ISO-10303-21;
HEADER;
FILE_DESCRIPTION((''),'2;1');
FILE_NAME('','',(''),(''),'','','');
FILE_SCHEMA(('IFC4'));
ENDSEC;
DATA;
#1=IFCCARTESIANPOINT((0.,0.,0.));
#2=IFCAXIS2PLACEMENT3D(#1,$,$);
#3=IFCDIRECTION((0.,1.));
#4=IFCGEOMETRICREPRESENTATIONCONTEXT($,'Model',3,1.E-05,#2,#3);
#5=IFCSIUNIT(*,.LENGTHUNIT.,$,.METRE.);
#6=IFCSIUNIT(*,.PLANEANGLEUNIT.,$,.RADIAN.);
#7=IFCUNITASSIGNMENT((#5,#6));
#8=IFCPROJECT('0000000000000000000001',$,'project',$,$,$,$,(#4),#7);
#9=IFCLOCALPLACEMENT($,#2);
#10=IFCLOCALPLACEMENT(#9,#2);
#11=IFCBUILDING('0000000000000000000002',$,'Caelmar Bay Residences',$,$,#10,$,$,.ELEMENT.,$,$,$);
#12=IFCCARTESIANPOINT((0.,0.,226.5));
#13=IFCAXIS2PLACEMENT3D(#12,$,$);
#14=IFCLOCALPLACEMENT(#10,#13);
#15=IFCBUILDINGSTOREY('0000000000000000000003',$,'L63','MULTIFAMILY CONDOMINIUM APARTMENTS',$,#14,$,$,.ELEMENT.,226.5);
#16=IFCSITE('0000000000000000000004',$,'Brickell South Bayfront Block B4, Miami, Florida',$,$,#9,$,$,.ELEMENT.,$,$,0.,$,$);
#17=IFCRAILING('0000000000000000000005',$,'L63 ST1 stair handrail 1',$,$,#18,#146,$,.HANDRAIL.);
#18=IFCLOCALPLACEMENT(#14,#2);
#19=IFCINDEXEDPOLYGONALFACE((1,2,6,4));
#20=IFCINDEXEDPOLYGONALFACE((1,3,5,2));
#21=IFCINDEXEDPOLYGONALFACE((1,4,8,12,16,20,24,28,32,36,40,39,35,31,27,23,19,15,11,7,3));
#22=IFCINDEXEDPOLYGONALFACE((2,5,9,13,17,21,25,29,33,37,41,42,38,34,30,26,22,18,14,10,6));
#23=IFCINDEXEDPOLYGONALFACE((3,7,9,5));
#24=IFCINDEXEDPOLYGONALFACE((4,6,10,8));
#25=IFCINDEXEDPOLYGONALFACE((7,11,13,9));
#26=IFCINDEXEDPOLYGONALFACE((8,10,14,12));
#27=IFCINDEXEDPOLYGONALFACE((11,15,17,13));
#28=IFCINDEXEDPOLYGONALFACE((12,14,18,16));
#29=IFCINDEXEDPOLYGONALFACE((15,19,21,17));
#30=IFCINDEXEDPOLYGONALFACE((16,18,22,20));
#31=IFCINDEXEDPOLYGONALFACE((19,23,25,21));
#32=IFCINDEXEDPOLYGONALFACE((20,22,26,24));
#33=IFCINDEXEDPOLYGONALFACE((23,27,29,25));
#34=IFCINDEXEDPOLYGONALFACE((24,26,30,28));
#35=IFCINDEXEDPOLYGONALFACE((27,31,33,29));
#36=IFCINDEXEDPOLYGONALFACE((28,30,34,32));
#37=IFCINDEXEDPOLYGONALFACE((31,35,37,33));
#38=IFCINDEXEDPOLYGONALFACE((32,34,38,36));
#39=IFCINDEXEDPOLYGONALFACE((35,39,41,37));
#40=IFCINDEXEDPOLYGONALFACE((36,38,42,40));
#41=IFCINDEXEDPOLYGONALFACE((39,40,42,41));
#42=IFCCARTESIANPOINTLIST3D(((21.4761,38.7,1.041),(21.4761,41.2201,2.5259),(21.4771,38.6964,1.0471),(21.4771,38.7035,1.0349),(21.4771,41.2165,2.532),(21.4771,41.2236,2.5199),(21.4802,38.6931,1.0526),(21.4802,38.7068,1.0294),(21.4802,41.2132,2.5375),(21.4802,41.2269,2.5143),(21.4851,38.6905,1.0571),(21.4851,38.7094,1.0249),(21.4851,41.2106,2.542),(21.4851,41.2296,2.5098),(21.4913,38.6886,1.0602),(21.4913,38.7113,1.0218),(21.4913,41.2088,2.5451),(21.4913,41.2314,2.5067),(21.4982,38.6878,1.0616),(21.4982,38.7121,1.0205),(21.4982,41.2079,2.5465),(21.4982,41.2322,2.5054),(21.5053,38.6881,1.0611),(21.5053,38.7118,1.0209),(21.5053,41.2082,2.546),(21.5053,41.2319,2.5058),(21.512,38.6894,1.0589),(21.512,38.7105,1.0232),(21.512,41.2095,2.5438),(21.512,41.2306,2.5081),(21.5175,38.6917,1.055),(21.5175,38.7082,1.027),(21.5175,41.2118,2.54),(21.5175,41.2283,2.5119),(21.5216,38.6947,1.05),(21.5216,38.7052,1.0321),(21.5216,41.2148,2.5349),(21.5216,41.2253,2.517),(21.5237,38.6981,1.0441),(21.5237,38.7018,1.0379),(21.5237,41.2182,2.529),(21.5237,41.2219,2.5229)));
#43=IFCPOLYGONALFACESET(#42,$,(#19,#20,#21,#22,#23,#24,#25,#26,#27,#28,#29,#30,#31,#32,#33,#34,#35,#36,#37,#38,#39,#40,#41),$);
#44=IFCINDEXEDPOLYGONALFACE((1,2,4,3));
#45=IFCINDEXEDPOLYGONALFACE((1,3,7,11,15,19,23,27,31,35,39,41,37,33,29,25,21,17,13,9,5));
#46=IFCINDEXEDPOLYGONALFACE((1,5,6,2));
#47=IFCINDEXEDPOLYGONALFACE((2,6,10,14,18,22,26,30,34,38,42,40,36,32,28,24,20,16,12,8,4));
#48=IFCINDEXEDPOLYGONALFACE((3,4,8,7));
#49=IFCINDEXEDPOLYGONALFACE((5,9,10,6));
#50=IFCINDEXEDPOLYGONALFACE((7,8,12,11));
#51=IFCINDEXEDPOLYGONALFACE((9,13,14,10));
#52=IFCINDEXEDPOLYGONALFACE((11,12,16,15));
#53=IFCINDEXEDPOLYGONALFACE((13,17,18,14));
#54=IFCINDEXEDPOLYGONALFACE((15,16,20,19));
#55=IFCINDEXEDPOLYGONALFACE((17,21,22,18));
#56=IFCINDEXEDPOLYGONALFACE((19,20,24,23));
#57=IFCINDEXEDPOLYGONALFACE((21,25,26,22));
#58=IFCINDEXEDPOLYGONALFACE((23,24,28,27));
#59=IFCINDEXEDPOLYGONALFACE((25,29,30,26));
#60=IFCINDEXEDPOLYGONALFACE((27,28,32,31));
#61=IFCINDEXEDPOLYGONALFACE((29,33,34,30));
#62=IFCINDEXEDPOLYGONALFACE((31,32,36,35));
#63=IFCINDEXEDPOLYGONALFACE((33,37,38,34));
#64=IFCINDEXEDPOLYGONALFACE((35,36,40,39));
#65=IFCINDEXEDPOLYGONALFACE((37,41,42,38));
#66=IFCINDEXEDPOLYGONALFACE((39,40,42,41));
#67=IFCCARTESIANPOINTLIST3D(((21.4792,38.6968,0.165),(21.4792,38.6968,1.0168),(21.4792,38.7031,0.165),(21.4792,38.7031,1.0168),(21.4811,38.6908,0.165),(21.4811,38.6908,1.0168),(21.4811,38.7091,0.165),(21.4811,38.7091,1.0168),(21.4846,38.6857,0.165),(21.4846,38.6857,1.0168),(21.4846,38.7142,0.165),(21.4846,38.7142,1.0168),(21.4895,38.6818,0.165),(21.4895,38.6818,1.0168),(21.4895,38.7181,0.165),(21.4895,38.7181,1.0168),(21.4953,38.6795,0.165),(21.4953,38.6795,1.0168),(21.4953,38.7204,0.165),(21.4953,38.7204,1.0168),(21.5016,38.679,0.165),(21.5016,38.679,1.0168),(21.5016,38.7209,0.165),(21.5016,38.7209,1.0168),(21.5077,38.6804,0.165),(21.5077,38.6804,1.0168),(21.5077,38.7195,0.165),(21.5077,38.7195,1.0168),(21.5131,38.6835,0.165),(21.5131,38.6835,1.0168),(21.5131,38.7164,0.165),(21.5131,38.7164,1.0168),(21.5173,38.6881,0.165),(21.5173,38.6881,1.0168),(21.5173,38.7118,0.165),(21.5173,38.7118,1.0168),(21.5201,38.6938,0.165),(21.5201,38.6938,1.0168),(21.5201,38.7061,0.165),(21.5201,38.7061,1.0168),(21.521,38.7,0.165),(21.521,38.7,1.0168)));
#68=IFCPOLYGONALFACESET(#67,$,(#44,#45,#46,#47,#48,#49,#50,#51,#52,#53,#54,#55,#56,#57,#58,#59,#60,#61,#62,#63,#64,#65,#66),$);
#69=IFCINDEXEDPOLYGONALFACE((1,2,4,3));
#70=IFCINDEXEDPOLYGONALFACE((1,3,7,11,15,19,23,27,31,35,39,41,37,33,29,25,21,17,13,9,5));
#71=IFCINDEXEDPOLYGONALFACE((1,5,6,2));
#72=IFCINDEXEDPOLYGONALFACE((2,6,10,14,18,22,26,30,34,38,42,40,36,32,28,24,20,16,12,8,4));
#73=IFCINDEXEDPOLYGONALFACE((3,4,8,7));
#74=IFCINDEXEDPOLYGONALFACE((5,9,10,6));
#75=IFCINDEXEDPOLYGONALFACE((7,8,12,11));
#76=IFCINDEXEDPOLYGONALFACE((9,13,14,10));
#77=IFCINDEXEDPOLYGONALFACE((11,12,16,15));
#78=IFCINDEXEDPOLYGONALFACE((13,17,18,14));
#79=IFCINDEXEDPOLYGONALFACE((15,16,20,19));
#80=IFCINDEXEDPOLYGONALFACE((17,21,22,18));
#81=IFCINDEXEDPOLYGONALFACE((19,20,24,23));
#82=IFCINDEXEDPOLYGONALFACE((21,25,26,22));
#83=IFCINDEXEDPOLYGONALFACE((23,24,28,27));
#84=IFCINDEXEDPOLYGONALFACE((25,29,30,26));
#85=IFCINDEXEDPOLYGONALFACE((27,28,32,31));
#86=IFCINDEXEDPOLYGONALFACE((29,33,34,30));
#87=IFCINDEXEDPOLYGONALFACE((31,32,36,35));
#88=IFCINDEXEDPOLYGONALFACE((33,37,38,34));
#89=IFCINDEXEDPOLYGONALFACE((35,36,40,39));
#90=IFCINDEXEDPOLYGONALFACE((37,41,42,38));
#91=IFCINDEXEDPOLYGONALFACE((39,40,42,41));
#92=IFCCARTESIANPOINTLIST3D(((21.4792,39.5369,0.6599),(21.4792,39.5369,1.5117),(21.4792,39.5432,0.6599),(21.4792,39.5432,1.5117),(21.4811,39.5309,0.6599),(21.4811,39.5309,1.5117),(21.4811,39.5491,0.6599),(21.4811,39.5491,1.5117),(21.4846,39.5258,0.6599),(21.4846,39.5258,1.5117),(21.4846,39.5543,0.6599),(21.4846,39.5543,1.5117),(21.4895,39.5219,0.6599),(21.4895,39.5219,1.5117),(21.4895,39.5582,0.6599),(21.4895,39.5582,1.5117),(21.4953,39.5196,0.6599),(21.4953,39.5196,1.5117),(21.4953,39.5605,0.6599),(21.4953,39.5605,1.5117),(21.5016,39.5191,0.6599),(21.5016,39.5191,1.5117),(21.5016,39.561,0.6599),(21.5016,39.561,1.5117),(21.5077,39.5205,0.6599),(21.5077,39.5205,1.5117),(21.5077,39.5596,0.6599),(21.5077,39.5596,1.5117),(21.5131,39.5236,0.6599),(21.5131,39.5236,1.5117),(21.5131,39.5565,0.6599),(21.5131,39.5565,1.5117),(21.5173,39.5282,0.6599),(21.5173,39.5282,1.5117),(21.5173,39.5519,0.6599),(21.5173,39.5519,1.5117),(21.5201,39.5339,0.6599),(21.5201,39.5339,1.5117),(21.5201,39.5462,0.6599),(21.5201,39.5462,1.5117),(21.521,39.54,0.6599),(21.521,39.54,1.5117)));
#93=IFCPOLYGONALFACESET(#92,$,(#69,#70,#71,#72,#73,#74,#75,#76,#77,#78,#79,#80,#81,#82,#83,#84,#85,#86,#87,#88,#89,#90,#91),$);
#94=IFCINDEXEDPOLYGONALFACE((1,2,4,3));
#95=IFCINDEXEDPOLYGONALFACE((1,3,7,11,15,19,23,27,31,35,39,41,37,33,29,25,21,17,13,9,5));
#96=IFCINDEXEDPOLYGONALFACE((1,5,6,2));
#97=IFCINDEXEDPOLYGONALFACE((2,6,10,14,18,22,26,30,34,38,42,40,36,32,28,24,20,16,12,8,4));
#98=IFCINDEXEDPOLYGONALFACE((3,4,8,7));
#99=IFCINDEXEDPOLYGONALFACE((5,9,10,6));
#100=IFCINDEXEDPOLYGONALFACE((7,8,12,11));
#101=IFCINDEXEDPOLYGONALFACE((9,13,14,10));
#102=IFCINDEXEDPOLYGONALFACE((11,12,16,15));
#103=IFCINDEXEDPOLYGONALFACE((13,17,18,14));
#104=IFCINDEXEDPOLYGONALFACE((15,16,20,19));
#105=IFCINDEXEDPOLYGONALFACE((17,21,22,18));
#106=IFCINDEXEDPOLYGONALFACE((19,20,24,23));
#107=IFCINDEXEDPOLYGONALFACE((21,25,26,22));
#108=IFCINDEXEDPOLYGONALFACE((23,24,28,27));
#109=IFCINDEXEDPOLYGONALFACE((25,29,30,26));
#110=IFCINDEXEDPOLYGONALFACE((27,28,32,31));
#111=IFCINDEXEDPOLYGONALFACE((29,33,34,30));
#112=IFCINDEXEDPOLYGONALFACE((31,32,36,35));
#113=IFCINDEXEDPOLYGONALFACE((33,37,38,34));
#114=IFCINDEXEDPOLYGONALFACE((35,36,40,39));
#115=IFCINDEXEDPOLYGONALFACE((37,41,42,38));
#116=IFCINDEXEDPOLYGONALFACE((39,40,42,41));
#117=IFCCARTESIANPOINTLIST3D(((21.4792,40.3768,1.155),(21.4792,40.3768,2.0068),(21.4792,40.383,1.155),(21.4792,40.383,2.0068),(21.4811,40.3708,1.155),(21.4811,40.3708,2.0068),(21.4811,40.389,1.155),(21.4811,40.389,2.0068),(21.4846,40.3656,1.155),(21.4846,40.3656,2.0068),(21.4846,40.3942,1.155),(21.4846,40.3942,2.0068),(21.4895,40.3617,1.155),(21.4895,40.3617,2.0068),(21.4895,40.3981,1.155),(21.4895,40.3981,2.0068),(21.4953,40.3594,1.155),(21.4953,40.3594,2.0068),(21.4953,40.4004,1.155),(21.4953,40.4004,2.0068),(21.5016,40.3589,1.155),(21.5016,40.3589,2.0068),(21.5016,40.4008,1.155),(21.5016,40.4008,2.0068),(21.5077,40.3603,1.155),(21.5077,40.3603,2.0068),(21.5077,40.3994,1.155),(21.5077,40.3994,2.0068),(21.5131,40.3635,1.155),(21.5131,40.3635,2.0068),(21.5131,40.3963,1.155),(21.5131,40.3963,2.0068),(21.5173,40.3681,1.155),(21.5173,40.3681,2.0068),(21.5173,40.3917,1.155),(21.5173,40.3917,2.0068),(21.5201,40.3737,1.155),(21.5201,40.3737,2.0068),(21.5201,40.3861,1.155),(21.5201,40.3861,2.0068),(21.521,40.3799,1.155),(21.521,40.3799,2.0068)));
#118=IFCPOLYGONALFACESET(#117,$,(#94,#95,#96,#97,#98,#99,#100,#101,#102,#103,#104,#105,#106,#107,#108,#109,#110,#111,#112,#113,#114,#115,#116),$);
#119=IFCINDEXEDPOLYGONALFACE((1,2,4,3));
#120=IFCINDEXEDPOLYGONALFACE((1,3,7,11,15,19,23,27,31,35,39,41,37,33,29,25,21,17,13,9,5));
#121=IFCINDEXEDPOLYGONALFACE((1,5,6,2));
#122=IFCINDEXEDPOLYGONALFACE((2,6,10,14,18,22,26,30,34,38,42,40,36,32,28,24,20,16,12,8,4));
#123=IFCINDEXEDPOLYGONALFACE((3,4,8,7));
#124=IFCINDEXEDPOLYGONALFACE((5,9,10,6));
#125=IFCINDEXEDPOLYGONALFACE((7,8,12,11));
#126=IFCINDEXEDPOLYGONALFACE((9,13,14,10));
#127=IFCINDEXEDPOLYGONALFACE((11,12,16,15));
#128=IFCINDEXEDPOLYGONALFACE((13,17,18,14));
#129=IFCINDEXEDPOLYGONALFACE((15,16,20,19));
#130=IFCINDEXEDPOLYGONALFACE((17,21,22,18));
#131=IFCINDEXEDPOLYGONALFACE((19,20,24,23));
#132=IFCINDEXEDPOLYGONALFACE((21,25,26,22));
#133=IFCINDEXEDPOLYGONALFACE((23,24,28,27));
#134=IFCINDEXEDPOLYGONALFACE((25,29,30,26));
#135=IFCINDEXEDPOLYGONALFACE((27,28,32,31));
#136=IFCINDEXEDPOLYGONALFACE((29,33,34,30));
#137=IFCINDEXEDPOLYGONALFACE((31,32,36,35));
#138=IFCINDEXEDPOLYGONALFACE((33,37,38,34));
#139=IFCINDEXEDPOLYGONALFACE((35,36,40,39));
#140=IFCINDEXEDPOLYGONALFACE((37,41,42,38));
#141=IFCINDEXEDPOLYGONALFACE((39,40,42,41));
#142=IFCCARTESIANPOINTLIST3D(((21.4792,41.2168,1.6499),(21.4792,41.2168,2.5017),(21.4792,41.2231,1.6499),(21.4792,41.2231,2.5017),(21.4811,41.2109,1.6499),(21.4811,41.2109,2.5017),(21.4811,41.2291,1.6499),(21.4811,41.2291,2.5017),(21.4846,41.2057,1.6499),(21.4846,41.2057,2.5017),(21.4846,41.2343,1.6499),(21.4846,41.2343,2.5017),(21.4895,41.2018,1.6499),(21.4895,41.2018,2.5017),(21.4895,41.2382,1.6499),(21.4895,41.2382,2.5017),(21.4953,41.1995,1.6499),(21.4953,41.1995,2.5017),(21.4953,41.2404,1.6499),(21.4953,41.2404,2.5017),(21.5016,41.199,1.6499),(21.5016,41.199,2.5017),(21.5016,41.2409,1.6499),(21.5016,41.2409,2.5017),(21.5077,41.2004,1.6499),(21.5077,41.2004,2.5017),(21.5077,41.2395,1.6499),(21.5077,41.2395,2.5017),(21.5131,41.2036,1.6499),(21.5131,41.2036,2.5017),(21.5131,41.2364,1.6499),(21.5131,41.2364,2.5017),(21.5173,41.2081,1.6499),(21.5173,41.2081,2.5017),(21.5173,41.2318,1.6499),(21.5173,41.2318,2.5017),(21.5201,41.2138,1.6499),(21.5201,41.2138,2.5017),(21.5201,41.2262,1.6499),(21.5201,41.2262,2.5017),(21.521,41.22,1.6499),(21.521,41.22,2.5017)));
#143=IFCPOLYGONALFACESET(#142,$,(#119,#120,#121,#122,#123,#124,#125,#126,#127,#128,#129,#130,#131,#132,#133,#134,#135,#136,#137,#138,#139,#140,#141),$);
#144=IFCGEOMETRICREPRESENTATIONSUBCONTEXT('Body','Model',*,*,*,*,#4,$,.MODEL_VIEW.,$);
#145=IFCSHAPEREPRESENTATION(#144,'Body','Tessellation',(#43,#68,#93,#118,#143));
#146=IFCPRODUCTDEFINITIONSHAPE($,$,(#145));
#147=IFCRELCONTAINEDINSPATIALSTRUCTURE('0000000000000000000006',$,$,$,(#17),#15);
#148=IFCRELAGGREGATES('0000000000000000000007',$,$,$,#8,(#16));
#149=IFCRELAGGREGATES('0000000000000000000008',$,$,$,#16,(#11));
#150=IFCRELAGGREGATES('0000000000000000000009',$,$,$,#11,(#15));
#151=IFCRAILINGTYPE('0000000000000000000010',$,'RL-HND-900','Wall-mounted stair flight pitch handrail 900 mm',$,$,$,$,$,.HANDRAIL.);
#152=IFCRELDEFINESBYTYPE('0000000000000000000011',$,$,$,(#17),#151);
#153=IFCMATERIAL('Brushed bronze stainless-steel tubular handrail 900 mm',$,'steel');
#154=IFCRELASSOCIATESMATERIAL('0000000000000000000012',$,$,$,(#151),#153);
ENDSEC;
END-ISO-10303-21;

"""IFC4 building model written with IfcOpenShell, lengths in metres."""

from ifc_helpers import new_model, si_unit, direction, frame, origin, origin_2d, place, context, subcontext, project, spatial, circle, extrude, material, type_object, element, save


model = new_model("IFC4")

# Units and contexts
model_context = context("Model", 3, precision=1e-05, world=origin(), true_north=direction((0.0, 1.0)))
body_context = subcontext(model_context, "Body", "Model", "MODEL_VIEW")
ifc_project = project(units=[si_unit("LENGTHUNIT", "METRE"), si_unit("PLANEANGLEUNIT", "RADIAN")], contexts=[model_context])

# Site, building, storey
site_placement = place(None, origin())
site = spatial("IfcSite", under=ifc_project, at=site_placement, Name="Brickell South Bayfront Block B4, Miami, Florida", CompositionType="ELEMENT", RefElevation=0.0)
building_placement = place(site_placement, origin())
building = spatial("IfcBuilding", under=site, at=building_placement, Name="Caelmar Bay Residences", CompositionType="ELEMENT")
storey_placement = place(building_placement, frame((0.0, 0.0, 226.5)))
storey = spatial("IfcBuildingStorey", under=building, at=storey_placement, Name="L63", Description="MULTIFAMILY CONDOMINIUM APARTMENTS", CompositionType="ELEMENT", Elevation=226.5)

# Railing
ifc_material_1 = material(Name="Brushed bronze stainless-steel tubular handrail 900 mm", Category="steel")
railing_type_1 = type_object("IfcRailingType", Name="RL-HND-900", Description="Wall-mounted stair flight pitch handrail 900 mm", PredefinedType="HANDRAIL", material=ifc_material_1)
railing_1_placement = place(storey_placement, frame((21.5, 38.7, 0.165)))
element("IfcRailing", 1, at=railing_1_placement, inside=storey, type_object=railing_type_1, Name="L63 ST1 stair handrail 1", PredefinedType="HANDRAIL", context=body_context, shape_type="SweptSolid", body=[
    extrude(circle(Radius=0.0239, at=origin_2d()), frame((0.0, 0.0, 0.876), z_axis=(0.0, 0.861561, 0.507655), x_axis=(-1.0, 0.0, 0.0)), (0.0, 0.0, 1.0), 2.925),
    extrude(circle(Radius=0.021, at=origin_2d()), origin(), (0.0, 0.0, 1.0), 0.8518),
    extrude(circle(Radius=0.021, at=origin_2d()), frame((0.0, 0.8401, 0.4949)), (0.0, 0.0, 1.0), 0.8518),
    extrude(circle(Radius=0.021, at=origin_2d()), frame((0.0, 1.6799, 0.99)), (0.0, 0.0, 1.0), 0.8518),
    extrude(circle(Radius=0.021, at=origin_2d()), frame((0.0, 2.52, 1.4849)), (0.0, 0.0, 1.0), 0.8518),
])

save(model, "model.ifc")
